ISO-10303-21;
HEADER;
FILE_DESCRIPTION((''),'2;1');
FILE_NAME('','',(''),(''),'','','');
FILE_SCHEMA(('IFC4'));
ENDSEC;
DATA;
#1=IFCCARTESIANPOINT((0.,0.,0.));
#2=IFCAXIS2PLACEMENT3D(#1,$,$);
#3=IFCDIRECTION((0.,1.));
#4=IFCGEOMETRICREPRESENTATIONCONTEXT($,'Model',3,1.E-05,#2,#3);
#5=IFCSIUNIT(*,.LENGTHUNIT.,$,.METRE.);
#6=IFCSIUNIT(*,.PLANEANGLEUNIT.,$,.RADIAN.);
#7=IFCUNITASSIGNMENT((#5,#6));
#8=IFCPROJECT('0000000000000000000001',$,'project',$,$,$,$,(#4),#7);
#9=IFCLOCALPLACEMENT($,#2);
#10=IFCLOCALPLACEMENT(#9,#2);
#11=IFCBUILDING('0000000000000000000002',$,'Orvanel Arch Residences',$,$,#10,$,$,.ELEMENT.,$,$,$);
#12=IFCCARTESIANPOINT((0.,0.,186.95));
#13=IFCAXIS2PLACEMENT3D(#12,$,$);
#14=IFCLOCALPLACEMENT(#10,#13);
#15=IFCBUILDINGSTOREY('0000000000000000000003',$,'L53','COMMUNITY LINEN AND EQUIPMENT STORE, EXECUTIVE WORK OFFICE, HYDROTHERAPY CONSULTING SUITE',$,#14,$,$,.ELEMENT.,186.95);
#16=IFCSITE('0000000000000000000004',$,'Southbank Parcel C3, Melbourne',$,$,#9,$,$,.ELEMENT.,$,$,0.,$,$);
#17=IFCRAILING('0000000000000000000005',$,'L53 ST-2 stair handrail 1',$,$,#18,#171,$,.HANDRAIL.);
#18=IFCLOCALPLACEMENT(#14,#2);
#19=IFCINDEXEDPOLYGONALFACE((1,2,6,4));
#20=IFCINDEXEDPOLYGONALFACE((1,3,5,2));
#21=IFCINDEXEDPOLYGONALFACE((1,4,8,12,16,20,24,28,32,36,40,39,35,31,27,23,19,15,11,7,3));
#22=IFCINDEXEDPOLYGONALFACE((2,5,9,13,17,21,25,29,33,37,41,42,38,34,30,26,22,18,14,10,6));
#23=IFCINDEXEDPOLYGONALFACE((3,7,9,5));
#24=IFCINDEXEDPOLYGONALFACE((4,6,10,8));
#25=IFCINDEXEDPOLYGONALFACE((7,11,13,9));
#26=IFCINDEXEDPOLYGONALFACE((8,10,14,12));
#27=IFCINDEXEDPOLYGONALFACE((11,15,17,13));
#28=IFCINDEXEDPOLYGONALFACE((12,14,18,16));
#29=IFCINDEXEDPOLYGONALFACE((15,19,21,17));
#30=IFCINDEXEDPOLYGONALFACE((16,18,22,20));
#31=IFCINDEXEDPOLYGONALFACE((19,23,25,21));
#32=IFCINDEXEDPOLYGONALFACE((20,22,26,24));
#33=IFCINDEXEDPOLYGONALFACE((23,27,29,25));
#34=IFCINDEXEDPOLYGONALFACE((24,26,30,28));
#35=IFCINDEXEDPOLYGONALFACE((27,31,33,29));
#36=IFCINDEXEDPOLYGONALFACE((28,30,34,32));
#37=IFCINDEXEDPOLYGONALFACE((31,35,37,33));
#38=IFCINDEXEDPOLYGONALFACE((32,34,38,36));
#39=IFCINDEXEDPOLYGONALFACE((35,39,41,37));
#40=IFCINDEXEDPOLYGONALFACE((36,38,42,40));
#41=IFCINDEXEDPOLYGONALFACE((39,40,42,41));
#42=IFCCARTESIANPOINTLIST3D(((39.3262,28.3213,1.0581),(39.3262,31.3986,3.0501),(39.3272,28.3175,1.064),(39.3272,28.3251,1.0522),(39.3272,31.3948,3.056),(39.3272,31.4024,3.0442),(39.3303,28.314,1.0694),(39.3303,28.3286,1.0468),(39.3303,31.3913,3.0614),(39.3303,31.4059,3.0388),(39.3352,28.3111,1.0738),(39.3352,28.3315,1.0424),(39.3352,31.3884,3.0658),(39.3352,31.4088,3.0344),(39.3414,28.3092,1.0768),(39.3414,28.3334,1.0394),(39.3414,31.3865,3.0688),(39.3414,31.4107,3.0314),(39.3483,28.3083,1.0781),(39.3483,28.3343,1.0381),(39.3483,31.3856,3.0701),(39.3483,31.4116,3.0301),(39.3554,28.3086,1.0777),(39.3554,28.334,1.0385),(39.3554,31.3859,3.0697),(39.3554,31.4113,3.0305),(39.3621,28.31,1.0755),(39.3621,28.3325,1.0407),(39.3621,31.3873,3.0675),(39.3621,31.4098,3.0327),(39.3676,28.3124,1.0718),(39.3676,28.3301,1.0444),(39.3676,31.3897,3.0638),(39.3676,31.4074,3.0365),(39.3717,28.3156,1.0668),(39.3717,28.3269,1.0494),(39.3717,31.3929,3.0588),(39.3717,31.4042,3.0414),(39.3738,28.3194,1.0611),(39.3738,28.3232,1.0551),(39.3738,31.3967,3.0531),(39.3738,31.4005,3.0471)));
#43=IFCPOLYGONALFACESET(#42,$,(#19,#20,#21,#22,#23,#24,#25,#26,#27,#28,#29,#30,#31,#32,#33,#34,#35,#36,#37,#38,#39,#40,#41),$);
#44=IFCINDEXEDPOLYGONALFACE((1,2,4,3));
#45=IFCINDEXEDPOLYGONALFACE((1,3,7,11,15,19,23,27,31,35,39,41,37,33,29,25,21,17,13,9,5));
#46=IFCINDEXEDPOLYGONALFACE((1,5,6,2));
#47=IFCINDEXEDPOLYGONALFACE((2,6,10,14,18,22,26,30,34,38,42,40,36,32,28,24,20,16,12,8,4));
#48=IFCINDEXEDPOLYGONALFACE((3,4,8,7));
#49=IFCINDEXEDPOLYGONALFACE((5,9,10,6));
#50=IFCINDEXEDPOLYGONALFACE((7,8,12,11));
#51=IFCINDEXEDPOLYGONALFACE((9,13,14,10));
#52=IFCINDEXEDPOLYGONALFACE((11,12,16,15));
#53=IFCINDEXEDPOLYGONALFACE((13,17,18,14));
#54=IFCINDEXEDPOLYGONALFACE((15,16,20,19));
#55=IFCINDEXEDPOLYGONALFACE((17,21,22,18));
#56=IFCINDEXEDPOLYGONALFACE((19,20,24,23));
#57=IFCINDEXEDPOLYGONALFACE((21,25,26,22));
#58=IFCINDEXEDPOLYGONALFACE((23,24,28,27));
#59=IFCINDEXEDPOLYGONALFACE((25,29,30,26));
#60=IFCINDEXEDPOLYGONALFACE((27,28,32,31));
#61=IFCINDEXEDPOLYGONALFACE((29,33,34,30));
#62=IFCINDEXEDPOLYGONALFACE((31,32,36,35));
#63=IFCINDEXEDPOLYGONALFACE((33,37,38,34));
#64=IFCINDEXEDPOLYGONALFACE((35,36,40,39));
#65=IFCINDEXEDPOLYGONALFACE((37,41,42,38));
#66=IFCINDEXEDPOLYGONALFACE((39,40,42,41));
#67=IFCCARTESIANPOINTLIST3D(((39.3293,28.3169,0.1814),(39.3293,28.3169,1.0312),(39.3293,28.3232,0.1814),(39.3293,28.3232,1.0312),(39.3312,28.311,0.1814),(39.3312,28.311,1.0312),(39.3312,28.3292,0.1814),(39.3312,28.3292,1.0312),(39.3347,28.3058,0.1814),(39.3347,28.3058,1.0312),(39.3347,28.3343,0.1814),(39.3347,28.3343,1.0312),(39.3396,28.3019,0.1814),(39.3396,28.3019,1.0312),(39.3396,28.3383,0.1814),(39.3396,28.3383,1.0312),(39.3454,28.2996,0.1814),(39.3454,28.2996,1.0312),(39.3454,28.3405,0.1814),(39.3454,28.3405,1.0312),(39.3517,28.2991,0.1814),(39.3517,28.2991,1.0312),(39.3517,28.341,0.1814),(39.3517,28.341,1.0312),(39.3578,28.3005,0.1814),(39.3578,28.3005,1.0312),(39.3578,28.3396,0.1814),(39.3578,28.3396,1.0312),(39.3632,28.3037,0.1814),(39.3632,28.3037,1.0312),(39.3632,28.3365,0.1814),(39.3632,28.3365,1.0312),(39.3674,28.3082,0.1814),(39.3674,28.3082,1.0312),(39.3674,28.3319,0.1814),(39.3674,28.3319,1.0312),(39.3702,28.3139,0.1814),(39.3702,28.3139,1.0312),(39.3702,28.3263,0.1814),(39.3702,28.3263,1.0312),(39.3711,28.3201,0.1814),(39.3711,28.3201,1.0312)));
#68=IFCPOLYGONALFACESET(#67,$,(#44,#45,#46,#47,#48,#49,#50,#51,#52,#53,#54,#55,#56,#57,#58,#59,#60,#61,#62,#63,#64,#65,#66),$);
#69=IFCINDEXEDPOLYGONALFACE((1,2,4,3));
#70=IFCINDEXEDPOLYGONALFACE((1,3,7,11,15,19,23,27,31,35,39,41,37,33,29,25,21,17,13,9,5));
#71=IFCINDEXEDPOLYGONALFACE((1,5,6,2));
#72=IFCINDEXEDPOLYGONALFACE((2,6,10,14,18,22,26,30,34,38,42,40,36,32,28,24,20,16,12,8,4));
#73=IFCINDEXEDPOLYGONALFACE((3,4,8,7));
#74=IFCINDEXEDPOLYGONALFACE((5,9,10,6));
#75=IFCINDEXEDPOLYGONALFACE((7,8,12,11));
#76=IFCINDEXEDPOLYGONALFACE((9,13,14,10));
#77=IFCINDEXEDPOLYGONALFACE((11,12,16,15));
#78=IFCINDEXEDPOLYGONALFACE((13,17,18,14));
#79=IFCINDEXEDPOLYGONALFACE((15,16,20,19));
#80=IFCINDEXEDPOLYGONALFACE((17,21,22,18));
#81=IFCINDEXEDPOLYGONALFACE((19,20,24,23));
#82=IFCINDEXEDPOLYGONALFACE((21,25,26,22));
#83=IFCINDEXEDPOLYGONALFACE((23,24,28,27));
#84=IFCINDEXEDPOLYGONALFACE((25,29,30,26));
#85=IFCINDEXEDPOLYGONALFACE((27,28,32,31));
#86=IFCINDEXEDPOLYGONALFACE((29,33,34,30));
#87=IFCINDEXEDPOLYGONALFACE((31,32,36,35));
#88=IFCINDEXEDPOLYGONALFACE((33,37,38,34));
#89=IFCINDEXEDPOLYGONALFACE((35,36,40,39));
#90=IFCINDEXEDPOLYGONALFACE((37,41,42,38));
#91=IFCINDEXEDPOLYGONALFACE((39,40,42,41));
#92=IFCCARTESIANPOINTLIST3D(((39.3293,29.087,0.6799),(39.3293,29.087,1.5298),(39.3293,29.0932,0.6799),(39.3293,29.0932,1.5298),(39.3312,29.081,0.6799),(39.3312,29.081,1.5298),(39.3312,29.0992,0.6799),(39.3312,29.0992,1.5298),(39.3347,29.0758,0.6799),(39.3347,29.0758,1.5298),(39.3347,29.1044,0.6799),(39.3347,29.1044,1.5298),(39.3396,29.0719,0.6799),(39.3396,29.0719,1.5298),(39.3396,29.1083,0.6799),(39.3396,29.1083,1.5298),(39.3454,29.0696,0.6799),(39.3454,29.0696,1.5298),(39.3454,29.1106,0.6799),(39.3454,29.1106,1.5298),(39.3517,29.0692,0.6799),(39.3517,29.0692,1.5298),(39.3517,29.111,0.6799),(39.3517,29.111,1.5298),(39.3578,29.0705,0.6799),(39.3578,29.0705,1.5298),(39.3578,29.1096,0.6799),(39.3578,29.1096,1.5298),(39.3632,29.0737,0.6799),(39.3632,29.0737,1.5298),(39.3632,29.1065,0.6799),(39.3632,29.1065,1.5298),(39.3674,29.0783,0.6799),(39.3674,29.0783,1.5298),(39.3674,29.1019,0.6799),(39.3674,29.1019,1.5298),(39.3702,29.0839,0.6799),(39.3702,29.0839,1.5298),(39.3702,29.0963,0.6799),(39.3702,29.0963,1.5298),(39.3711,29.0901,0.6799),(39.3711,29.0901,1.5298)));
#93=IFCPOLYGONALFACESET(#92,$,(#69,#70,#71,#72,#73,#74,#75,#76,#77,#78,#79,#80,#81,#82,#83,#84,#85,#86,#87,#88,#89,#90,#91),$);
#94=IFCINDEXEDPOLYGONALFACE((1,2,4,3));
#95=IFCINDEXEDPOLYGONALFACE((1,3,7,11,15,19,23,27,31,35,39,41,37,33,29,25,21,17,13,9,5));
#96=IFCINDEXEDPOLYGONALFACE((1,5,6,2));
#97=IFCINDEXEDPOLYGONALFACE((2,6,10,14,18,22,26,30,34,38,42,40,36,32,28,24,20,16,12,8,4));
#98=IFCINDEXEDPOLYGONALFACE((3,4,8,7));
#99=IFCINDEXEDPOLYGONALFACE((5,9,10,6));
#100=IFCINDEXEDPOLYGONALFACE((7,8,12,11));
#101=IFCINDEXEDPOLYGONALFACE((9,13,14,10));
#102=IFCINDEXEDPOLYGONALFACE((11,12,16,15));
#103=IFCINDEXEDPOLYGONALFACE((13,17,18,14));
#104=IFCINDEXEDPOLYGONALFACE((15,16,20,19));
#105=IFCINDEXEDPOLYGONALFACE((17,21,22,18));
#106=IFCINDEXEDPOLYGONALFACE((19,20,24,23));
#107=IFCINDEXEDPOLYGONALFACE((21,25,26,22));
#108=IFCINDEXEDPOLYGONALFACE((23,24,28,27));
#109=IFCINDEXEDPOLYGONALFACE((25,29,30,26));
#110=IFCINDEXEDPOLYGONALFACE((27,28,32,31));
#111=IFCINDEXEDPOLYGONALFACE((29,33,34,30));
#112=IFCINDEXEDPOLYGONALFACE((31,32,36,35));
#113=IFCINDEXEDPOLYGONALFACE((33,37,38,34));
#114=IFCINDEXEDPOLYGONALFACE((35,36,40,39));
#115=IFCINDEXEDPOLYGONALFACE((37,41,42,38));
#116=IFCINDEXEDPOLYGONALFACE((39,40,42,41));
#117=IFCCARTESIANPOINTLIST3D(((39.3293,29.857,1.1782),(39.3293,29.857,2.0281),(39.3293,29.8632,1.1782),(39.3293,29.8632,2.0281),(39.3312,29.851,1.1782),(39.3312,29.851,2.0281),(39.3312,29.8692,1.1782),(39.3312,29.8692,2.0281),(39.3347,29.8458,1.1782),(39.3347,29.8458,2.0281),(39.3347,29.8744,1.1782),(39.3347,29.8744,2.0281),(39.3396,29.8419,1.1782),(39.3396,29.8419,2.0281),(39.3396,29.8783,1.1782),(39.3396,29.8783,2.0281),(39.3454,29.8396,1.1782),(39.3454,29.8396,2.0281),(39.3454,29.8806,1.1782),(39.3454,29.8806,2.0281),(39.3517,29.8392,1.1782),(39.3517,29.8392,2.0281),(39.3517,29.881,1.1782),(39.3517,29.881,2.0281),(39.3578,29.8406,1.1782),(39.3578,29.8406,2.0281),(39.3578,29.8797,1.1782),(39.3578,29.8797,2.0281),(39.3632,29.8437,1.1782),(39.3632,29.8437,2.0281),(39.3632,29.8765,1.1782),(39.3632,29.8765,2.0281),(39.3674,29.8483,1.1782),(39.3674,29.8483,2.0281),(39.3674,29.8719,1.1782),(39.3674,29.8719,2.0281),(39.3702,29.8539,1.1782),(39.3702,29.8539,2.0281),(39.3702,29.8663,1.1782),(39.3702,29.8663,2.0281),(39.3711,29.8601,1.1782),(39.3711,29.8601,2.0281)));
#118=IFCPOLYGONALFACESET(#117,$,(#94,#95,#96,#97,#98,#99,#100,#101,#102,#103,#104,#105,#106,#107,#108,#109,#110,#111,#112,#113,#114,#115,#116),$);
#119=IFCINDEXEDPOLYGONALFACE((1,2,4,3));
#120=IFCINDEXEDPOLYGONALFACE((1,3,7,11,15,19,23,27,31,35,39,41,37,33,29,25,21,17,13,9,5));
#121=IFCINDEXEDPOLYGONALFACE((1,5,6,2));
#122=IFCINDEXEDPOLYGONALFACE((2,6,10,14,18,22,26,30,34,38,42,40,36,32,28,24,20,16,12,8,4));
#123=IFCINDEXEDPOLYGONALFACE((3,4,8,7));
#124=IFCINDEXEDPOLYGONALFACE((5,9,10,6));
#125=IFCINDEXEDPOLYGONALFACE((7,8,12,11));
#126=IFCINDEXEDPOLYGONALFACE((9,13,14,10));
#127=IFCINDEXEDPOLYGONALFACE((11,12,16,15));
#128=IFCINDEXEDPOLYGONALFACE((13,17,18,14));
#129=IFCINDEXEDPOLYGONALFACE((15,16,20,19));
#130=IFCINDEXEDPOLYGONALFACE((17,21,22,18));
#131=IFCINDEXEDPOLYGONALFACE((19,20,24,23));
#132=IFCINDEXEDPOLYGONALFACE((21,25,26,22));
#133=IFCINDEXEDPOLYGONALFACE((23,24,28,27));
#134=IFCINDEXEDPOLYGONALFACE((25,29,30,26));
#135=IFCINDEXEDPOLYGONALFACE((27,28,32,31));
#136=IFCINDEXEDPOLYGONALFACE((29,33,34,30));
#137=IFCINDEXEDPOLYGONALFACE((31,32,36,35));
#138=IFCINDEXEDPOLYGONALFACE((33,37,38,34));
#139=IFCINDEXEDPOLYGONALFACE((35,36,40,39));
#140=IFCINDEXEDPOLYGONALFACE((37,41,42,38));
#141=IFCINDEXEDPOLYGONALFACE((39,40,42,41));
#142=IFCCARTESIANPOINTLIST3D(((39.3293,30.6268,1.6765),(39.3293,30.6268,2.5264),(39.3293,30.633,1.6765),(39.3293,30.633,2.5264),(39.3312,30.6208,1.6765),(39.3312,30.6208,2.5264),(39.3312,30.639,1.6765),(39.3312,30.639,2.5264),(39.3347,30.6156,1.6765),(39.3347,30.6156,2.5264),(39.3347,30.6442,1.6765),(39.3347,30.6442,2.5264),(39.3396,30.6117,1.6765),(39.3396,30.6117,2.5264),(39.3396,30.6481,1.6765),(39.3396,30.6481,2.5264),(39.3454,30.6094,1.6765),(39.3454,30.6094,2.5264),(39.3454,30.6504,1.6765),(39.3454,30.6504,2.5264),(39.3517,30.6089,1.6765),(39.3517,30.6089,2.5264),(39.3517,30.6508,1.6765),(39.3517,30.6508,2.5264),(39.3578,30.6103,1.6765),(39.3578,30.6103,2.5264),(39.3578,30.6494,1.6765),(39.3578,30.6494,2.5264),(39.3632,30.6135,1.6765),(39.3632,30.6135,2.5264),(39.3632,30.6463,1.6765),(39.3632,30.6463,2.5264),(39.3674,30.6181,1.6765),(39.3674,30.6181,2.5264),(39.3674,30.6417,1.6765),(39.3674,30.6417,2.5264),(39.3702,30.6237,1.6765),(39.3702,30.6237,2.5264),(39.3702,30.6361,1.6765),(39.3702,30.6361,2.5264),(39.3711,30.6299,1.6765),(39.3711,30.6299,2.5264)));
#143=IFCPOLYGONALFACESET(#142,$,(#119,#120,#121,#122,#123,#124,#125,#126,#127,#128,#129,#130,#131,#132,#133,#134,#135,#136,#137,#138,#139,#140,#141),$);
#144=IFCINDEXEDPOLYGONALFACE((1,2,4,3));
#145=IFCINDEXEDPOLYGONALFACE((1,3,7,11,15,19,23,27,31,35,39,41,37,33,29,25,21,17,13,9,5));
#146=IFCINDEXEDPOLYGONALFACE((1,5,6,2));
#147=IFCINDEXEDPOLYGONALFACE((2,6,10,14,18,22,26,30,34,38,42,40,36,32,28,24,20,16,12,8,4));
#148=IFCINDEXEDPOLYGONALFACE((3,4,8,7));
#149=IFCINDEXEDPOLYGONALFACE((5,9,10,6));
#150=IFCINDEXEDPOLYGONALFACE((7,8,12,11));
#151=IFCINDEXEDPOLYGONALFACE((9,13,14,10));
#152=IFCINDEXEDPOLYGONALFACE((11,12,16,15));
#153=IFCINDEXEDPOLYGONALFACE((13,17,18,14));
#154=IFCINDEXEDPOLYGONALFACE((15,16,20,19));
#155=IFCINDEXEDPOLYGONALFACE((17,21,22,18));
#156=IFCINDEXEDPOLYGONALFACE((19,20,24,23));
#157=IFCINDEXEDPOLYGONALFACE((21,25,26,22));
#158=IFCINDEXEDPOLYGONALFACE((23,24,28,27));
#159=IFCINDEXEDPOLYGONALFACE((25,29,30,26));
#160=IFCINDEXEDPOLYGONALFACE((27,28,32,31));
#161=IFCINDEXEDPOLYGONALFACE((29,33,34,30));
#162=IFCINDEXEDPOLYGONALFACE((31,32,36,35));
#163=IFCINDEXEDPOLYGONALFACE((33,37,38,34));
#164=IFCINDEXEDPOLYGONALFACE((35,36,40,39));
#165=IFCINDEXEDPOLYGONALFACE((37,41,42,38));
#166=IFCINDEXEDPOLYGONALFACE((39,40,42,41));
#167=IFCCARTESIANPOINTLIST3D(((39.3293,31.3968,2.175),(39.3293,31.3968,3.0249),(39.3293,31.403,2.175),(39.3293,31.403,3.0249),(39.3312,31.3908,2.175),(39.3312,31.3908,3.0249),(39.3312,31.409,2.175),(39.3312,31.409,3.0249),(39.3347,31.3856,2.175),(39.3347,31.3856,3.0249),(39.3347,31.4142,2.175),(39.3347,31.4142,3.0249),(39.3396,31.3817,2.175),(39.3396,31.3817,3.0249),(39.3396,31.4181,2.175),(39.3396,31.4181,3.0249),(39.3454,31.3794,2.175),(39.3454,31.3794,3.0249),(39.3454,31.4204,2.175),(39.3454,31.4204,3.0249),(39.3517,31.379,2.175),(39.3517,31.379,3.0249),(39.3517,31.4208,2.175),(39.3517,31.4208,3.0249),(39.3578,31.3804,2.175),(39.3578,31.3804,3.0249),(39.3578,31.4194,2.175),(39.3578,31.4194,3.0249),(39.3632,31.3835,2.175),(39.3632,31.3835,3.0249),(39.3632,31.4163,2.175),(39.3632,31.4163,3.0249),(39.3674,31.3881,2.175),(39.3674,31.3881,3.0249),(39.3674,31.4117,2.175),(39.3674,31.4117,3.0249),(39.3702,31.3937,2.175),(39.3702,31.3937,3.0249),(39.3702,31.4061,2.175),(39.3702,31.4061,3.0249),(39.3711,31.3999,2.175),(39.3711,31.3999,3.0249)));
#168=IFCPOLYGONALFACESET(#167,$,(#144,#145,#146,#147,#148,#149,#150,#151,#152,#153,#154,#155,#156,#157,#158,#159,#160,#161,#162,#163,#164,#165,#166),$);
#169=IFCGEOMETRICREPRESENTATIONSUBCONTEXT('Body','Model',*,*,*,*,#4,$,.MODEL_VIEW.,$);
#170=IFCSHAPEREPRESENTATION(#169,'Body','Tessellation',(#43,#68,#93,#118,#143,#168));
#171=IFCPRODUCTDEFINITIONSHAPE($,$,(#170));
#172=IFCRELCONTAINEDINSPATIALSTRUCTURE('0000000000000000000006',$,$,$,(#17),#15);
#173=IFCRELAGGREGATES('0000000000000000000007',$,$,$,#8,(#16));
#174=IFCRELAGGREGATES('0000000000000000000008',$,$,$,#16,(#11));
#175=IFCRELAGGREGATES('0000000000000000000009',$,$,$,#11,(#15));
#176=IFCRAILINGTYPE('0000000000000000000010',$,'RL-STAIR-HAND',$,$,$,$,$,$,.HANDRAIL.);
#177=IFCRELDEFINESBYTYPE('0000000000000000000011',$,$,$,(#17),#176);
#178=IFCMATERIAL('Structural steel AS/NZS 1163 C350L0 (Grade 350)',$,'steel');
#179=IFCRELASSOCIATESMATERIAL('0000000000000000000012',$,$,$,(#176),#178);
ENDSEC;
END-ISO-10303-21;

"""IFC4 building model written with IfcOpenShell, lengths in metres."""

from ifc_helpers import new_model, si_unit, direction, frame, origin, origin_2d, place, context, subcontext, project, spatial, circle, extrude, material, type_object, element, save


model = new_model("IFC4")

# Units and contexts
model_context = context("Model", 3, precision=1e-05, world=origin(), true_north=direction((0.0, 1.0)))
body_context = subcontext(model_context, "Body", "Model", "MODEL_VIEW")
ifc_project = project(units=[si_unit("LENGTHUNIT", "METRE"), si_unit("PLANEANGLEUNIT", "RADIAN")], contexts=[model_context])

# Site, building, storey
site_placement = place(None, origin())
site = spatial("IfcSite", under=ifc_project, at=site_placement, Name="Southbank Parcel C3, Melbourne", CompositionType="ELEMENT", RefElevation=0.0)
building_placement = place(site_placement, origin())
building = spatial("IfcBuilding", under=site, at=building_placement, Name="Orvanel Arch Residences", CompositionType="ELEMENT")
storey_placement = place(building_placement, frame((0.0, 0.0, 186.95)))
storey = spatial("IfcBuildingStorey", under=building, at=storey_placement, Name="L53", Description="COMMUNITY LINEN AND EQUIPMENT STORE, EXECUTIVE WORK OFFICE, HYDROTHERAPY CONSULTING SUITE", CompositionType="ELEMENT", Elevation=186.95)

# Railing
ifc_material_1 = material(Name="Structural steel AS/NZS 1163 C350L0 (Grade 350)", Category="steel")
railing_type_1 = type_object("IfcRailingType", Name="RL-STAIR-HAND", PredefinedType="HANDRAIL", material=ifc_material_1)
railing_1_placement = place(storey_placement, frame((39.3501, 28.3201, 0.1814)))
element("IfcRailing", 1, at=railing_1_placement, inside=storey, type_object=railing_type_1, Name="L53 ST-2 stair handrail 1", PredefinedType="HANDRAIL", context=body_context, shape_type="SweptSolid", body=[
    extrude(circle(Radius=0.0239, at=origin_2d()), frame((0.0, 0.0012, 0.8767), z_axis=(0.0, 0.839468, 0.543409), x_axis=(-1.0, 0.0, 0.0)), (0.0, 0.0, 1.0), 3.6658),
    extrude(circle(Radius=0.021, at=origin_2d()), origin(), (0.0, 0.0, 1.0), 0.8499),
    extrude(circle(Radius=0.021, at=origin_2d()), frame((0.0, 0.77, 0.4985)), (0.0, 0.0, 1.0), 0.8499),
    extrude(circle(Radius=0.021, at=origin_2d()), frame((0.0, 1.54, 0.9968)), (0.0, 0.0, 1.0), 0.8499),
    extrude(circle(Radius=0.021, at=origin_2d()), frame((0.0, 2.3098, 1.4951)), (0.0, 0.0, 1.0), 0.8499),
    extrude(circle(Radius=0.021, at=origin_2d()), frame((0.0, 3.0798, 1.9937)), (0.0, 0.0, 1.0), 0.8499),
])

save(model, "model.ifc")
